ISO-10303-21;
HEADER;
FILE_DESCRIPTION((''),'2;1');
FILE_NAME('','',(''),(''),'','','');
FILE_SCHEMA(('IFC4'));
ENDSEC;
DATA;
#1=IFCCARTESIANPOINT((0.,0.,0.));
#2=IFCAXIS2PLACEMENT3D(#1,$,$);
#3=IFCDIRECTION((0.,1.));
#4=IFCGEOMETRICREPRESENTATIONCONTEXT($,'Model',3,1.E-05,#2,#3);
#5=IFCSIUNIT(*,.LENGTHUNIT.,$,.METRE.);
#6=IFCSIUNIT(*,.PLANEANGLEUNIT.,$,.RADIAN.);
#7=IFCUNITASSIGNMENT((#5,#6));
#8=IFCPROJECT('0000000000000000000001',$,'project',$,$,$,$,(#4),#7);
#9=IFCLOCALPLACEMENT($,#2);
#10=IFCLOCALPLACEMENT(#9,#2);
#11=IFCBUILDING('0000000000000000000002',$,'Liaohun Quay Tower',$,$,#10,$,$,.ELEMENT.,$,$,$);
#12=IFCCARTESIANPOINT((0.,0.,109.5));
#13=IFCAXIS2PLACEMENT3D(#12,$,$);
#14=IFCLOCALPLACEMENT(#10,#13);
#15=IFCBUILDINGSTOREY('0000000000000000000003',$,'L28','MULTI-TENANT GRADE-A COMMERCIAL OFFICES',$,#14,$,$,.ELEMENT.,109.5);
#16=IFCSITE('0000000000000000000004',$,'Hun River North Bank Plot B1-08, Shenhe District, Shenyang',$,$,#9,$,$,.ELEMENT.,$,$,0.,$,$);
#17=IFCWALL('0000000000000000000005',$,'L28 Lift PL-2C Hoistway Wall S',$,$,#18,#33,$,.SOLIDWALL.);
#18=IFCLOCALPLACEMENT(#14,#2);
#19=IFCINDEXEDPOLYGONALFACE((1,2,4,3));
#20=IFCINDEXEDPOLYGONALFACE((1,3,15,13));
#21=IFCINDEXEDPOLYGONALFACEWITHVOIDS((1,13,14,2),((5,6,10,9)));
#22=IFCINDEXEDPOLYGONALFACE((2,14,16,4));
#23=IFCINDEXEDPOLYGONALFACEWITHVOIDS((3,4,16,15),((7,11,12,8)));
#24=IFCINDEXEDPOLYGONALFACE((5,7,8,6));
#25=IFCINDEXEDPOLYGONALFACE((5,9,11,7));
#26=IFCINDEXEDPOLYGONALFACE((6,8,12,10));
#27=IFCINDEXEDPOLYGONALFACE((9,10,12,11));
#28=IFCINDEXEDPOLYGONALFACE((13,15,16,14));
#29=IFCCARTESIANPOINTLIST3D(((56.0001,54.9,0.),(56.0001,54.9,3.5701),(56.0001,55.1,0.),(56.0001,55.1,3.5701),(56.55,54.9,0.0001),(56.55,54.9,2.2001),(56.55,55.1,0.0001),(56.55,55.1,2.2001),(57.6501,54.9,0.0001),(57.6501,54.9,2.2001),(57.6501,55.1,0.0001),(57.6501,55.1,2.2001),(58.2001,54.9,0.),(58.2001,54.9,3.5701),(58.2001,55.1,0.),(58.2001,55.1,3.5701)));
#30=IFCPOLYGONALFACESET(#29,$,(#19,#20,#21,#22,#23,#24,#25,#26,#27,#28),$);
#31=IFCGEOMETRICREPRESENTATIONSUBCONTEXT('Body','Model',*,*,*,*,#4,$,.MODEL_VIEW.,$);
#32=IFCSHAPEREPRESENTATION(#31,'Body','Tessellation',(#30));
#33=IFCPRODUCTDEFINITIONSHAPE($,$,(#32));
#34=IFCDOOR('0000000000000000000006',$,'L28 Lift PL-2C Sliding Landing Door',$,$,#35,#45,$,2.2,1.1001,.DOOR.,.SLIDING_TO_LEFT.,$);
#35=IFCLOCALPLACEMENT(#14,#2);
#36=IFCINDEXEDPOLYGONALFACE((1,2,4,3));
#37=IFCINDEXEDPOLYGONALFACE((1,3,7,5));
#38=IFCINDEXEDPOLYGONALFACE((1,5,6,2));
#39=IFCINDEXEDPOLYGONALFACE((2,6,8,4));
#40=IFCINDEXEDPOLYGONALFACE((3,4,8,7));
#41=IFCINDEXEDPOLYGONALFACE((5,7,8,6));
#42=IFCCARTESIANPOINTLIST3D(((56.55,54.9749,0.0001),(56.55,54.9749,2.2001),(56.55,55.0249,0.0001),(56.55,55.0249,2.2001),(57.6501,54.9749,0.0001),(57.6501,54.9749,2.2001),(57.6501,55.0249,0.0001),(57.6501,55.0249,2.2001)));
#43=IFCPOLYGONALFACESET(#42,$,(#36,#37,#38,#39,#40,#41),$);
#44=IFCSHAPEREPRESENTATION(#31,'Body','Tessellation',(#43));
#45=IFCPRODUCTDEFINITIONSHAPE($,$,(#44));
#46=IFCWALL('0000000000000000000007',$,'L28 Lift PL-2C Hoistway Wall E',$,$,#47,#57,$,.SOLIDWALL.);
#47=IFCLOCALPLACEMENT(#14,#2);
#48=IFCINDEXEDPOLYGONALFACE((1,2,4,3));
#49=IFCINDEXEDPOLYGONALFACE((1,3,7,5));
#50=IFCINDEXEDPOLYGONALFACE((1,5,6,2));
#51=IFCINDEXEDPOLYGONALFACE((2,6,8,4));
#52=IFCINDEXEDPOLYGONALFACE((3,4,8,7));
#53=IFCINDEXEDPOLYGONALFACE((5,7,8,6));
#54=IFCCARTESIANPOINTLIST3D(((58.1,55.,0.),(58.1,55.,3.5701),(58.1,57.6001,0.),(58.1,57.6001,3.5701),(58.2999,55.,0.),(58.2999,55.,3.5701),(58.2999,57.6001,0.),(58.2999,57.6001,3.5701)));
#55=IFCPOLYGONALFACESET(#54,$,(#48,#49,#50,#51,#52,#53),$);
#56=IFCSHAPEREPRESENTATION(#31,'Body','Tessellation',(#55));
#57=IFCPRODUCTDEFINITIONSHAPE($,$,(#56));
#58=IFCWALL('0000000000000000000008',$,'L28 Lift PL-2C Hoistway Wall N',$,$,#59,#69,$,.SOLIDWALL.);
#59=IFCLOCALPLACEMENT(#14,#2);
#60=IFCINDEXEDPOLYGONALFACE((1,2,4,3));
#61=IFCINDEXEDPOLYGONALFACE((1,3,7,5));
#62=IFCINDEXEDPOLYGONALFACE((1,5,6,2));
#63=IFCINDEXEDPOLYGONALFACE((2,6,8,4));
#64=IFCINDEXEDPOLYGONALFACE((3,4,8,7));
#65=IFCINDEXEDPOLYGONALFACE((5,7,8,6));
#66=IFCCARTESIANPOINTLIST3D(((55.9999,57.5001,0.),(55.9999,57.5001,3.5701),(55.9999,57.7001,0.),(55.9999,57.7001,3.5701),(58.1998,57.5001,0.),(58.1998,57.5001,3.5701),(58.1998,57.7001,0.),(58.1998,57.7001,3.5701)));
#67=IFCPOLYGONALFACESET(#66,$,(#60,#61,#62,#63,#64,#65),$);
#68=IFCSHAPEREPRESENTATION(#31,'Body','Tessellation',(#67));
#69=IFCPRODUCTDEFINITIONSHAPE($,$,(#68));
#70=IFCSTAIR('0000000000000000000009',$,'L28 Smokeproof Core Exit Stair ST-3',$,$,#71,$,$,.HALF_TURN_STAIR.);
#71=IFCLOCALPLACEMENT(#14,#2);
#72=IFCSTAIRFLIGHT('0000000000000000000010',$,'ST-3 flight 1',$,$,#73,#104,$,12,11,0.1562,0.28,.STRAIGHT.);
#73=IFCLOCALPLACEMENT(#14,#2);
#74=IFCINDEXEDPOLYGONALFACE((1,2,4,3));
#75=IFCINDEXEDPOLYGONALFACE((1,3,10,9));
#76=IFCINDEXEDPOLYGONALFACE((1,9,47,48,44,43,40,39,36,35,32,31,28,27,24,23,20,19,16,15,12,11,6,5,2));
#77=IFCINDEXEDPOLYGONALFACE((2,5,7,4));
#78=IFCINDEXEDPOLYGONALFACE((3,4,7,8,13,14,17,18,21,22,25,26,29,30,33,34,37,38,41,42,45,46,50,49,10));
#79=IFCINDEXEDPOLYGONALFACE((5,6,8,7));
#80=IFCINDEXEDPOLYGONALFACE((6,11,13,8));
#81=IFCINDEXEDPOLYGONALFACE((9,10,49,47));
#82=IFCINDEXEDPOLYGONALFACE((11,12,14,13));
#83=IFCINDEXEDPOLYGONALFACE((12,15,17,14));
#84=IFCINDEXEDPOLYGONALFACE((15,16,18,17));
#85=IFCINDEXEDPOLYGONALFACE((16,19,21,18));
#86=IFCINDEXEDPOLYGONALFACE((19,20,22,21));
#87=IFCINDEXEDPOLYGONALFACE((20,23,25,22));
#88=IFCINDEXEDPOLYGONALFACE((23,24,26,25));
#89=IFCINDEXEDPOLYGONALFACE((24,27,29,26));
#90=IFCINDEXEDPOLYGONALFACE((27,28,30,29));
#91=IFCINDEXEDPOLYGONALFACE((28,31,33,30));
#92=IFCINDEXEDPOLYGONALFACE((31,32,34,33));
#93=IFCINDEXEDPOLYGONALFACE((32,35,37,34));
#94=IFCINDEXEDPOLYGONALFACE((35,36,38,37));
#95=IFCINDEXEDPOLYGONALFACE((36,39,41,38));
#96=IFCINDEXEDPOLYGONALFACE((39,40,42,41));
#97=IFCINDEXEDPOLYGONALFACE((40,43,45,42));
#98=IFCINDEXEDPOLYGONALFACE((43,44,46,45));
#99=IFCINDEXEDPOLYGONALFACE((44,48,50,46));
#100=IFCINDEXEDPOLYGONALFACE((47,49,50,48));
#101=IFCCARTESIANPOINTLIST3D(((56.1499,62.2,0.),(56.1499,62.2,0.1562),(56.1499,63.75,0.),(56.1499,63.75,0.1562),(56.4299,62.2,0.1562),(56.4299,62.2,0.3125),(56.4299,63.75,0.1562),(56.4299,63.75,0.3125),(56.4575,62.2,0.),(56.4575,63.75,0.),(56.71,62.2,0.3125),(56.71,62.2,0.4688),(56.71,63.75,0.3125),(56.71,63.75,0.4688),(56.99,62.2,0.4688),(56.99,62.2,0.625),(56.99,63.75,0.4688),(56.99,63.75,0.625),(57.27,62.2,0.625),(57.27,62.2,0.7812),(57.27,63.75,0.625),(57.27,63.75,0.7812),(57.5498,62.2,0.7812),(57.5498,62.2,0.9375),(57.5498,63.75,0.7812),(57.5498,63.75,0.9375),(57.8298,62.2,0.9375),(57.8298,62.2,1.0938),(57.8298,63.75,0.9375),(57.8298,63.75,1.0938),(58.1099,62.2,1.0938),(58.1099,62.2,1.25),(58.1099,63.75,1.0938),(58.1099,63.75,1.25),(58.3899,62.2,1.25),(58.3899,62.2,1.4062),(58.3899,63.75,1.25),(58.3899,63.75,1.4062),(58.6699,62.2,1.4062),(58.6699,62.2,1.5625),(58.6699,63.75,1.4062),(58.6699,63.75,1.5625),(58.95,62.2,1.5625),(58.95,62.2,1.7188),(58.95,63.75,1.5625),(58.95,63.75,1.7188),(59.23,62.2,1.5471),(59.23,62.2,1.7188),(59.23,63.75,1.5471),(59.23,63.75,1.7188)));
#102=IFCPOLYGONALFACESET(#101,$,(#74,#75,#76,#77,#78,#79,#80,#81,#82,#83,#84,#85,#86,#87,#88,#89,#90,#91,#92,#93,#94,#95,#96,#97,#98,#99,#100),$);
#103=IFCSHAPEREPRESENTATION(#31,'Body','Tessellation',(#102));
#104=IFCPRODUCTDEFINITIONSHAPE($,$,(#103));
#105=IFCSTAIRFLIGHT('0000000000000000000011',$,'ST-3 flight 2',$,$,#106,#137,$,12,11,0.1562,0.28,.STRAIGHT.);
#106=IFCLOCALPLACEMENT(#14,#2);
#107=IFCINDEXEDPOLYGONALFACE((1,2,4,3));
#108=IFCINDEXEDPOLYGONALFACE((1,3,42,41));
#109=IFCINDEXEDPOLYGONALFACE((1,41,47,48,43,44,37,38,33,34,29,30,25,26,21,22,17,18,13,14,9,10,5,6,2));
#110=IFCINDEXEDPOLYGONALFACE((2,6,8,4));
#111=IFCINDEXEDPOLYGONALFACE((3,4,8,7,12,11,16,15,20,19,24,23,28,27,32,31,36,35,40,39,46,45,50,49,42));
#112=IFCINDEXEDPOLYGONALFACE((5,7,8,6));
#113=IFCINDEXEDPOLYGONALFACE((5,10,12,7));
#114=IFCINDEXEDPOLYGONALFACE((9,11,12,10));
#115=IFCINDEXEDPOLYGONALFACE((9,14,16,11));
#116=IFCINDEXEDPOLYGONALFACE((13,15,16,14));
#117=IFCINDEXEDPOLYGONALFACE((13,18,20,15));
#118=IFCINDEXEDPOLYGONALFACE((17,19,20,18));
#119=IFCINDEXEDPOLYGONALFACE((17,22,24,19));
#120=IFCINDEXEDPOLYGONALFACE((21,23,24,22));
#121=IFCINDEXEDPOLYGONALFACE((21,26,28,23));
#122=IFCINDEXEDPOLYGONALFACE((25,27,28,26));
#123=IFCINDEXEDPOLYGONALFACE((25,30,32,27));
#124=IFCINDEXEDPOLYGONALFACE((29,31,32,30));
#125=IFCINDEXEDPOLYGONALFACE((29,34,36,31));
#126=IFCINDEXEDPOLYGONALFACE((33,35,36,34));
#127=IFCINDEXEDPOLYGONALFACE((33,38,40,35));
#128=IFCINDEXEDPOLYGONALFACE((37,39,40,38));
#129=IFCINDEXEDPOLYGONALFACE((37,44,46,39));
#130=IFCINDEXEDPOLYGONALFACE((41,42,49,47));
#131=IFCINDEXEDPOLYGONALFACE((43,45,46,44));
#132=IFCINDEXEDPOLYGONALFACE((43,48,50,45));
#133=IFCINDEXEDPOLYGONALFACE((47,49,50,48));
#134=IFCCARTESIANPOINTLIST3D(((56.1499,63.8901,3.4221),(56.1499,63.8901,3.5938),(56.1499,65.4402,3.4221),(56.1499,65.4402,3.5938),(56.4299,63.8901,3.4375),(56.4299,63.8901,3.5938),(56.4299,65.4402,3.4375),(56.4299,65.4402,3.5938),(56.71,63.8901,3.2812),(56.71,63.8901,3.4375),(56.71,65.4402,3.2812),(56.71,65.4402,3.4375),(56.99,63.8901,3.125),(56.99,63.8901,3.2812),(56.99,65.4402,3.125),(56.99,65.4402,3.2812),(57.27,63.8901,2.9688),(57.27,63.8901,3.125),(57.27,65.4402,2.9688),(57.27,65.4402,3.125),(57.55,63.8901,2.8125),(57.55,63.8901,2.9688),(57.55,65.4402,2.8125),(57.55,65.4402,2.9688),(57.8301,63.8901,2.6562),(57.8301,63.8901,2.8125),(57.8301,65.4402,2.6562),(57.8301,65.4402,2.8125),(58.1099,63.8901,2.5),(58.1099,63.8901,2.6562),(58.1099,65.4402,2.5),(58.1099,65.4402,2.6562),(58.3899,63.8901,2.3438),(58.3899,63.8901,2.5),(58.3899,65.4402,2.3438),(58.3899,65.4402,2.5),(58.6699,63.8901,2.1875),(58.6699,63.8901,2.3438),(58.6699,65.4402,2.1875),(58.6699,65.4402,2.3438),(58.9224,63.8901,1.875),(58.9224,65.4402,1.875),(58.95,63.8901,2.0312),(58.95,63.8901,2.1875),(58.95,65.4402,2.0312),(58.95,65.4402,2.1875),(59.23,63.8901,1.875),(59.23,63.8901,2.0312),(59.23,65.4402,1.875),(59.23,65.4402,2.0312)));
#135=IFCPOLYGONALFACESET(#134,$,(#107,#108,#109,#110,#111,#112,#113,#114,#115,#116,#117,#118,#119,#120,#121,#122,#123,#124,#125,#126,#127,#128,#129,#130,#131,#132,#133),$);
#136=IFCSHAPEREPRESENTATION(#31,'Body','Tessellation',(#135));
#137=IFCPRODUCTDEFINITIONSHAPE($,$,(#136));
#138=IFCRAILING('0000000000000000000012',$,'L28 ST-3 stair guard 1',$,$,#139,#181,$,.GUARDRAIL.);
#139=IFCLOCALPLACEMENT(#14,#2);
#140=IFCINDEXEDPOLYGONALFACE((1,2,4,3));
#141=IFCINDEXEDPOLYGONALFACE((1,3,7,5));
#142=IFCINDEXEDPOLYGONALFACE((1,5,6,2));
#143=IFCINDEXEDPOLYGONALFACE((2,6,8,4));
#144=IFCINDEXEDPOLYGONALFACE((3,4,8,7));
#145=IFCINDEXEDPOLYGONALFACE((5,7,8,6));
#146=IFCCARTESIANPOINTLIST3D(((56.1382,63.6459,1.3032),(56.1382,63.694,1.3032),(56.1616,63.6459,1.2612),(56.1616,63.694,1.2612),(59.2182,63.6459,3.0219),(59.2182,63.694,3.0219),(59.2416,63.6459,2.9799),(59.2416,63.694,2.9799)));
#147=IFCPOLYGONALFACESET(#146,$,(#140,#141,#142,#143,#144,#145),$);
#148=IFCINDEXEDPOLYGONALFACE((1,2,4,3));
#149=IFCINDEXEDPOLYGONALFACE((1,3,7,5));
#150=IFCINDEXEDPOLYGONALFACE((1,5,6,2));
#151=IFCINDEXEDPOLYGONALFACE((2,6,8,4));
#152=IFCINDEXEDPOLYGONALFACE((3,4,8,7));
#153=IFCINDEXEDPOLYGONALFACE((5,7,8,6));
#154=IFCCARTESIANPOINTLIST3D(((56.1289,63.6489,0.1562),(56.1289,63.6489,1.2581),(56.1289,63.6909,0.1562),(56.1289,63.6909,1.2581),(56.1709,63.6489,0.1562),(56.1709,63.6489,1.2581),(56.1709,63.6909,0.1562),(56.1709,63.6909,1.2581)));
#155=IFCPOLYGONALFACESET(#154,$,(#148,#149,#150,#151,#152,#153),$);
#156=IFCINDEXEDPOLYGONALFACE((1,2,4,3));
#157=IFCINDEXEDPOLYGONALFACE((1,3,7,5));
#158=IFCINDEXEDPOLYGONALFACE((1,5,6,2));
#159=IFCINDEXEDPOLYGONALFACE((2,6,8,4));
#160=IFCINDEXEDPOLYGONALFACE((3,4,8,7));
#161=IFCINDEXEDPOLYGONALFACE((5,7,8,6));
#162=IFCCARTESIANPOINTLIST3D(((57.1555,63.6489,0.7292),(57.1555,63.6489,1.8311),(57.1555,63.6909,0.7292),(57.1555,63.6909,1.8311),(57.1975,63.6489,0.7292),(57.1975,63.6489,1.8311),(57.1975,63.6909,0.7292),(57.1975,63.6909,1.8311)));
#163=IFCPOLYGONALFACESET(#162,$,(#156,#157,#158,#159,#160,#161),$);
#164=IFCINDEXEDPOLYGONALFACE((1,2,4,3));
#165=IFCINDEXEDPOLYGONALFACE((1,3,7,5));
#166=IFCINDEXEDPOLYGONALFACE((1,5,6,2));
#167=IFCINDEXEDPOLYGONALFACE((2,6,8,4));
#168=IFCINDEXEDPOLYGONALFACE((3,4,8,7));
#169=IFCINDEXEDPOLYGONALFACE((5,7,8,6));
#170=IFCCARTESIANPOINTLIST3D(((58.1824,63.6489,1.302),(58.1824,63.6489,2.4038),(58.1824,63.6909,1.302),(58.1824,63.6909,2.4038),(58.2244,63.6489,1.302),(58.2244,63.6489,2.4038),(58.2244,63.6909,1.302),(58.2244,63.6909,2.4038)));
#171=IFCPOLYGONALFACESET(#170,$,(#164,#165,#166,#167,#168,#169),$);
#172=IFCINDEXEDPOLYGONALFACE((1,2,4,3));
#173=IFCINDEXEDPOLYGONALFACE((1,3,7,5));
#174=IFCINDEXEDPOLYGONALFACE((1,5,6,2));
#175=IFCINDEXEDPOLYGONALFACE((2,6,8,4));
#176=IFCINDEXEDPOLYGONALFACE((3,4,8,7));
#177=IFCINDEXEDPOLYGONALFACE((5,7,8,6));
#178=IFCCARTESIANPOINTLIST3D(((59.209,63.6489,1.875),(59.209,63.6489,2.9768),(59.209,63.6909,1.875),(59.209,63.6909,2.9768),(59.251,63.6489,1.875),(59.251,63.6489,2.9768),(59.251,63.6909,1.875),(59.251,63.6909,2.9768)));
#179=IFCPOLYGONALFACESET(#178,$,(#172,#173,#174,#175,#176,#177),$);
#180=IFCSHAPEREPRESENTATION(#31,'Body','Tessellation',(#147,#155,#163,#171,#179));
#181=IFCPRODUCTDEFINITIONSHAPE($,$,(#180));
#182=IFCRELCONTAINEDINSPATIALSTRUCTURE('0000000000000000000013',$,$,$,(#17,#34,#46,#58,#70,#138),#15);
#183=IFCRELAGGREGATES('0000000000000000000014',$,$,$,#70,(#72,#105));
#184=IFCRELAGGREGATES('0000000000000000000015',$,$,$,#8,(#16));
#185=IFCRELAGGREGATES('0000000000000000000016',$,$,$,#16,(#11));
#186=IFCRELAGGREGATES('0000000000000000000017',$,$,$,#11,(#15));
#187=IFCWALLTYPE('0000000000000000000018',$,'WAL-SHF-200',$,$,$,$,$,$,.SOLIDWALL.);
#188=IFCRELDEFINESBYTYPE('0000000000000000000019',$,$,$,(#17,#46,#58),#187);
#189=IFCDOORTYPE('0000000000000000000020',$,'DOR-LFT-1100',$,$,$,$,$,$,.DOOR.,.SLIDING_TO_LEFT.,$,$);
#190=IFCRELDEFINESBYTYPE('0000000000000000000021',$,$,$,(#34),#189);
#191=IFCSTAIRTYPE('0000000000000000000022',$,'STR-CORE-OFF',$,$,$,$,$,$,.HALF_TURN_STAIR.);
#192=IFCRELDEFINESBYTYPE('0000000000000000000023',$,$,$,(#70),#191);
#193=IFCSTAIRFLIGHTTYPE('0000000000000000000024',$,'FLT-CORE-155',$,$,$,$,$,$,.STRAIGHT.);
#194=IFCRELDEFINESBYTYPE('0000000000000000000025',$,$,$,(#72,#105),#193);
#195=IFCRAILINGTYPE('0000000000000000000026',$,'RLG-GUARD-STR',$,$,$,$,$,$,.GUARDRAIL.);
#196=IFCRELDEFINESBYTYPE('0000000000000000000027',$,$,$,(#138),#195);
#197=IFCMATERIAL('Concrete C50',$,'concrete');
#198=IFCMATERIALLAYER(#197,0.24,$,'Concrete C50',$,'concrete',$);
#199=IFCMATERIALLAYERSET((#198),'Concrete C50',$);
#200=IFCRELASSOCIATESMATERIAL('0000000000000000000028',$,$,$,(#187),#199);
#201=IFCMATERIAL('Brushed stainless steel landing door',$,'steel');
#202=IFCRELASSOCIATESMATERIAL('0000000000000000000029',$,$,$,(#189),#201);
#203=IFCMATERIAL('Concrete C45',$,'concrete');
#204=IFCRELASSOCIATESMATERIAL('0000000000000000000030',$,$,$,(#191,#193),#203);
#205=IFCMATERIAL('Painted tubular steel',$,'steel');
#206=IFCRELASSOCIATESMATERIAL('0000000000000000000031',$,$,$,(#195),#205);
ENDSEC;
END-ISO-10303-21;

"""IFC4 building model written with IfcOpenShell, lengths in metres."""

from ifc_helpers import new_model, si_unit, direction, frame, frame_2d, origin, origin_2d, place, context, subcontext, project, spatial, polyline, rectangle, outline, extrude, source, transform, mapped, material, layer, layer_set, type_object, element, fill, aggregate, save


model = new_model("IFC4")

# Units and contexts
model_context = context("Model", 3, precision=1e-05, world=origin(), true_north=direction((0.0, 1.0)))
body_context = subcontext(model_context, "Body", "Model", "MODEL_VIEW")
ifc_project = project(units=[si_unit("LENGTHUNIT", "METRE"), si_unit("PLANEANGLEUNIT", "RADIAN")], contexts=[model_context])

# Site, building, storey
site_placement = place(None, origin())
site = spatial("IfcSite", under=ifc_project, at=site_placement, Name="Hun River North Bank Plot B1-08, Shenhe District, Shenyang", CompositionType="ELEMENT", RefElevation=0.0)
building_placement = place(site_placement, origin())
building = spatial("IfcBuilding", under=site, at=building_placement, Name="Liaohun Quay Tower", CompositionType="ELEMENT")
storey_placement = place(building_placement, frame((0.0, 0.0, 109.5)))
storey = spatial("IfcBuildingStorey", under=building, at=storey_placement, Name="L28", Description="MULTI-TENANT GRADE-A COMMERCIAL OFFICES", CompositionType="ELEMENT", Elevation=109.5)

# Shared definitions
ifc_material_1 = material(Name="Concrete C50", Category="concrete")
ifc_layer_1 = layer(ifc_material_1, 0.24, Name="Concrete C50", Category="concrete")
ifc_layer_set_1 = layer_set([ifc_layer_1], Name="Concrete C50")
wall_type_1 = type_object("IfcWallType", Name="WAL-SHF-200", PredefinedType="SOLIDWALL", material=ifc_layer_set_1)

# Wall, opening, door
wall_1_placement = place(storey_placement, frame((56.0, 55.0, 0.0), z_axis=(0.0, 0.0, 1.0), x_axis=(1.0, 0.0, 0.0)))
wall_1 = element("IfcWall", 1, at=wall_1_placement, inside=storey, type_object=wall_type_1, Name="L28 Lift PL-2C Hoistway Wall S", PredefinedType="SOLIDWALL", context=body_context, shape_type="SweptSolid", body=[
    extrude(rectangle(XDim=2.2, YDim=0.2, at=frame_2d((1.1001, 0.0))), origin(), (0.0, 0.0, 1.0), 3.5701),
])
shared_shape_1 = source(origin(), body_context, "Body", "SweptSolid", [
    extrude(rectangle(XDim=1.1001, YDim=2.2, at=frame_2d((0.55, 1.1001))), frame((0.0, 0.1099, 0.0), z_axis=(0.0, -1.0, 0.0), x_axis=(1.0, 0.0, 0.0)), (0.0, 0.0, 1.0), 0.22),
])
opening_1_placement = place(wall_1_placement, frame((0.55, 0.0, 0.0)))
opening_1 = element("IfcOpeningElement", 2, at=opening_1_placement, cuts=wall_1, PredefinedType="OPENING", context=body_context, shape_type="MappedRepresentation", body=[
    mapped(shared_shape_1, transform((0.0, 0.0, 0.0), x_axis=(1.0, 0.0, 0.0), y_axis=(0.0, 1.0, 0.0), z_axis=(0.0, 0.0, 1.0), scale=1.0)),
])
ifc_material_2 = material(Name="Brushed stainless steel landing door", Category="steel")
door_type_1 = type_object("IfcDoorType", Name="DOR-LFT-1100", OperationType="SLIDING_TO_LEFT", PredefinedType="DOOR", material=ifc_material_2)
shared_shape_2 = source(origin(), body_context, "Body", "SweptSolid", [
    extrude(rectangle(XDim=1.1001, YDim=2.2, at=frame_2d((0.55, 1.1001))), frame((0.0, 0.0249, 0.0), z_axis=(0.0, -1.0, 0.0), x_axis=(1.0, 0.0, 0.0)), (0.0, 0.0, 1.0), 0.05),
])
door_1_placement = place(opening_1_placement, origin())
door_1 = element("IfcDoor", 3, at=door_1_placement, inside=storey, type_object=door_type_1, Name="L28 Lift PL-2C Sliding Landing Door", OperationType="SLIDING_TO_LEFT", OverallHeight=2.2, OverallWidth=1.1001, PredefinedType="DOOR", context=body_context, shape_type="MappedRepresentation", body=[
    mapped(shared_shape_2, transform((0.0, 0.0, 0.0), x_axis=(1.0, 0.0, 0.0), y_axis=(0.0, 1.0, 0.0), z_axis=(0.0, 0.0, 1.0), scale=1.0)),
])
fill(opening_1, door_1)

# Walls
wall_2_placement = place(storey_placement, frame((58.2, 55.0, 0.0), z_axis=(0.0, 0.0, 1.0), x_axis=(0.0, 1.0, 0.0)))
element("IfcWall", 4, at=wall_2_placement, inside=storey, type_object=wall_type_1, Name="L28 Lift PL-2C Hoistway Wall E", PredefinedType="SOLIDWALL", context=body_context, shape_type="SweptSolid", body=[
    extrude(rectangle(XDim=2.6001, YDim=0.2, at=frame_2d((1.3, 0.0))), origin(), (0.0, 0.0, 1.0), 3.5701),
])
wall_3_placement = place(storey_placement, frame((58.2, 57.6001, 0.0), z_axis=(0.0, 0.0, 1.0), x_axis=(-1.0, 0.0, 0.0)))
element("IfcWall", 5, at=wall_3_placement, inside=storey, type_object=wall_type_1, Name="L28 Lift PL-2C Hoistway Wall N", PredefinedType="SOLIDWALL", context=body_context, shape_type="SweptSolid", body=[
    extrude(rectangle(XDim=2.2, YDim=0.2, at=frame_2d((1.1001, 0.0))), origin(), (0.0, 0.0, 1.0), 3.5701),
])

# Stair, stair flights
ifc_material_3 = material(Name="Concrete C45", Category="concrete")
stair_type = type_object("IfcStairType", Name="STR-CORE-OFF", PredefinedType="HALF_TURN_STAIR", material=ifc_material_3)
stair_placement = place(storey_placement, origin())
stair = element("IfcStair", 6, at=stair_placement, inside=storey, type_object=stair_type, Name="L28 Smokeproof Core Exit Stair ST-3", PredefinedType="HALF_TURN_STAIR")
stair_flight_type = type_object("IfcStairFlightType", Name="FLT-CORE-155", PredefinedType="STRAIGHT", material=ifc_material_3)
stair_flight_1_placement = place(storey_placement, frame((56.1499, 62.9751, 0.0), z_axis=(0.0, 0.0, 1.0), x_axis=(1.0, 0.0, 0.0)))
stair_flight_1 = element("IfcStairFlight", 7, at=stair_flight_1_placement, type_object=stair_flight_type, Name="ST-3 flight 1", NumberOfRisers=12, NumberOfTreads=11, PredefinedType="STRAIGHT", RiserHeight=0.1562, TreadLength=0.28, context=body_context, shape_type="SweptSolid", body=[
    extrude(outline(polyline([(0.0, 0.0), (0.0, 0.1562), (0.28, 0.1562), (0.28, 0.3125), (0.5601, 0.3125), (0.5601, 0.4688), (0.8401, 0.4688), (0.8401, 0.625), (1.1201, 0.625), (1.1201, 0.7812), (1.3999, 0.7812), (1.3999, 0.9375), (1.6799, 0.9375), (1.6799, 1.0938), (1.96, 1.0938), (1.96, 1.25), (2.24, 1.25), (2.24, 1.4062), (2.52, 1.4062), (2.52, 1.5625), (2.8, 1.5625), (2.8, 1.7188), (3.0801, 1.7188), (3.0801, 1.875), (3.0801, 1.5471), (0.3076, 0.0), (0.0, 0.0)])), frame((0.0, 0.7749, 0.0), z_axis=(0.0, -1.0, 0.0), x_axis=(1.0, 0.0, 0.0)), (0.0, 0.0, 1.0), 1.55),
])
stair_flight_2_placement = place(storey_placement, frame((59.23, 64.665, 1.875), z_axis=(0.0, 0.0, 1.0), x_axis=(-1.0, 0.0, 0.0)))
stair_flight_2 = element("IfcStairFlight", 8, at=stair_flight_2_placement, type_object=stair_flight_type, Name="ST-3 flight 2", NumberOfRisers=12, NumberOfTreads=11, PredefinedType="STRAIGHT", RiserHeight=0.1562, TreadLength=0.28, context=body_context, shape_type="SweptSolid", body=[
    extrude(outline(polyline([(0.0, 0.0), (0.0, 0.1562), (0.28, 0.1562), (0.28, 0.3125), (0.5601, 0.3125), (0.5601, 0.4688), (0.8401, 0.4688), (0.8401, 0.625), (1.1201, 0.625), (1.1201, 0.7812), (1.3999, 0.7812), (1.3999, 0.9375), (1.6799, 0.9375), (1.6799, 1.0938), (1.96, 1.0938), (1.96, 1.25), (2.24, 1.25), (2.24, 1.4062), (2.52, 1.4062), (2.52, 1.5625), (2.8, 1.5625), (2.8, 1.7188), (3.0801, 1.7188), (3.0801, 1.875), (3.0801, 1.5471), (0.3076, 0.0), (0.0, 0.0)])), frame((0.0, 0.7749, 0.0), z_axis=(0.0, -1.0, 0.0), x_axis=(1.0, 0.0, 0.0)), (0.0, 0.0, 1.0), 1.55),
])
aggregate(stair, [stair_flight_1, stair_flight_2])

# Railing
ifc_material_4 = material(Name="Painted tubular steel", Category="steel")
railing_type_1 = type_object("IfcRailingType", Name="RLG-GUARD-STR", PredefinedType="GUARDRAIL", material=ifc_material_4)
railing_1_placement = place(storey_placement, frame((56.1499, 63.6699, 0.1562)))
element("IfcRailing", 9, at=railing_1_placement, inside=storey, type_object=railing_type_1, Name="L28 ST-3 stair guard 1", PredefinedType="GUARDRAIL", context=body_context, shape_type="SweptSolid", body=[
    extrude(rectangle(XDim=0.0481, YDim=0.0481, at=origin_2d()), frame((0.0, 0.0, 1.126), z_axis=(0.873242, 0.0, 0.487288), x_axis=(0.0, 1.0, 0.0)), (0.0, 0.0, 1.0), 3.5271),
    extrude(rectangle(XDim=0.042, YDim=0.042, at=origin_2d()), origin(), (0.0, 0.0, 1.0), 1.1018),
    extrude(rectangle(XDim=0.042, YDim=0.042, at=origin_2d()), frame((1.0266, 0.0, 0.573)), (0.0, 0.0, 1.0), 1.1018),
    extrude(rectangle(XDim=0.042, YDim=0.042, at=origin_2d()), frame((2.0535, 0.0, 1.1458)), (0.0, 0.0, 1.0), 1.1018),
    extrude(rectangle(XDim=0.042, YDim=0.042, at=origin_2d()), frame((3.0801, 0.0, 1.7188)), (0.0, 0.0, 1.0), 1.1018),
])

save(model, "model.ifc")
